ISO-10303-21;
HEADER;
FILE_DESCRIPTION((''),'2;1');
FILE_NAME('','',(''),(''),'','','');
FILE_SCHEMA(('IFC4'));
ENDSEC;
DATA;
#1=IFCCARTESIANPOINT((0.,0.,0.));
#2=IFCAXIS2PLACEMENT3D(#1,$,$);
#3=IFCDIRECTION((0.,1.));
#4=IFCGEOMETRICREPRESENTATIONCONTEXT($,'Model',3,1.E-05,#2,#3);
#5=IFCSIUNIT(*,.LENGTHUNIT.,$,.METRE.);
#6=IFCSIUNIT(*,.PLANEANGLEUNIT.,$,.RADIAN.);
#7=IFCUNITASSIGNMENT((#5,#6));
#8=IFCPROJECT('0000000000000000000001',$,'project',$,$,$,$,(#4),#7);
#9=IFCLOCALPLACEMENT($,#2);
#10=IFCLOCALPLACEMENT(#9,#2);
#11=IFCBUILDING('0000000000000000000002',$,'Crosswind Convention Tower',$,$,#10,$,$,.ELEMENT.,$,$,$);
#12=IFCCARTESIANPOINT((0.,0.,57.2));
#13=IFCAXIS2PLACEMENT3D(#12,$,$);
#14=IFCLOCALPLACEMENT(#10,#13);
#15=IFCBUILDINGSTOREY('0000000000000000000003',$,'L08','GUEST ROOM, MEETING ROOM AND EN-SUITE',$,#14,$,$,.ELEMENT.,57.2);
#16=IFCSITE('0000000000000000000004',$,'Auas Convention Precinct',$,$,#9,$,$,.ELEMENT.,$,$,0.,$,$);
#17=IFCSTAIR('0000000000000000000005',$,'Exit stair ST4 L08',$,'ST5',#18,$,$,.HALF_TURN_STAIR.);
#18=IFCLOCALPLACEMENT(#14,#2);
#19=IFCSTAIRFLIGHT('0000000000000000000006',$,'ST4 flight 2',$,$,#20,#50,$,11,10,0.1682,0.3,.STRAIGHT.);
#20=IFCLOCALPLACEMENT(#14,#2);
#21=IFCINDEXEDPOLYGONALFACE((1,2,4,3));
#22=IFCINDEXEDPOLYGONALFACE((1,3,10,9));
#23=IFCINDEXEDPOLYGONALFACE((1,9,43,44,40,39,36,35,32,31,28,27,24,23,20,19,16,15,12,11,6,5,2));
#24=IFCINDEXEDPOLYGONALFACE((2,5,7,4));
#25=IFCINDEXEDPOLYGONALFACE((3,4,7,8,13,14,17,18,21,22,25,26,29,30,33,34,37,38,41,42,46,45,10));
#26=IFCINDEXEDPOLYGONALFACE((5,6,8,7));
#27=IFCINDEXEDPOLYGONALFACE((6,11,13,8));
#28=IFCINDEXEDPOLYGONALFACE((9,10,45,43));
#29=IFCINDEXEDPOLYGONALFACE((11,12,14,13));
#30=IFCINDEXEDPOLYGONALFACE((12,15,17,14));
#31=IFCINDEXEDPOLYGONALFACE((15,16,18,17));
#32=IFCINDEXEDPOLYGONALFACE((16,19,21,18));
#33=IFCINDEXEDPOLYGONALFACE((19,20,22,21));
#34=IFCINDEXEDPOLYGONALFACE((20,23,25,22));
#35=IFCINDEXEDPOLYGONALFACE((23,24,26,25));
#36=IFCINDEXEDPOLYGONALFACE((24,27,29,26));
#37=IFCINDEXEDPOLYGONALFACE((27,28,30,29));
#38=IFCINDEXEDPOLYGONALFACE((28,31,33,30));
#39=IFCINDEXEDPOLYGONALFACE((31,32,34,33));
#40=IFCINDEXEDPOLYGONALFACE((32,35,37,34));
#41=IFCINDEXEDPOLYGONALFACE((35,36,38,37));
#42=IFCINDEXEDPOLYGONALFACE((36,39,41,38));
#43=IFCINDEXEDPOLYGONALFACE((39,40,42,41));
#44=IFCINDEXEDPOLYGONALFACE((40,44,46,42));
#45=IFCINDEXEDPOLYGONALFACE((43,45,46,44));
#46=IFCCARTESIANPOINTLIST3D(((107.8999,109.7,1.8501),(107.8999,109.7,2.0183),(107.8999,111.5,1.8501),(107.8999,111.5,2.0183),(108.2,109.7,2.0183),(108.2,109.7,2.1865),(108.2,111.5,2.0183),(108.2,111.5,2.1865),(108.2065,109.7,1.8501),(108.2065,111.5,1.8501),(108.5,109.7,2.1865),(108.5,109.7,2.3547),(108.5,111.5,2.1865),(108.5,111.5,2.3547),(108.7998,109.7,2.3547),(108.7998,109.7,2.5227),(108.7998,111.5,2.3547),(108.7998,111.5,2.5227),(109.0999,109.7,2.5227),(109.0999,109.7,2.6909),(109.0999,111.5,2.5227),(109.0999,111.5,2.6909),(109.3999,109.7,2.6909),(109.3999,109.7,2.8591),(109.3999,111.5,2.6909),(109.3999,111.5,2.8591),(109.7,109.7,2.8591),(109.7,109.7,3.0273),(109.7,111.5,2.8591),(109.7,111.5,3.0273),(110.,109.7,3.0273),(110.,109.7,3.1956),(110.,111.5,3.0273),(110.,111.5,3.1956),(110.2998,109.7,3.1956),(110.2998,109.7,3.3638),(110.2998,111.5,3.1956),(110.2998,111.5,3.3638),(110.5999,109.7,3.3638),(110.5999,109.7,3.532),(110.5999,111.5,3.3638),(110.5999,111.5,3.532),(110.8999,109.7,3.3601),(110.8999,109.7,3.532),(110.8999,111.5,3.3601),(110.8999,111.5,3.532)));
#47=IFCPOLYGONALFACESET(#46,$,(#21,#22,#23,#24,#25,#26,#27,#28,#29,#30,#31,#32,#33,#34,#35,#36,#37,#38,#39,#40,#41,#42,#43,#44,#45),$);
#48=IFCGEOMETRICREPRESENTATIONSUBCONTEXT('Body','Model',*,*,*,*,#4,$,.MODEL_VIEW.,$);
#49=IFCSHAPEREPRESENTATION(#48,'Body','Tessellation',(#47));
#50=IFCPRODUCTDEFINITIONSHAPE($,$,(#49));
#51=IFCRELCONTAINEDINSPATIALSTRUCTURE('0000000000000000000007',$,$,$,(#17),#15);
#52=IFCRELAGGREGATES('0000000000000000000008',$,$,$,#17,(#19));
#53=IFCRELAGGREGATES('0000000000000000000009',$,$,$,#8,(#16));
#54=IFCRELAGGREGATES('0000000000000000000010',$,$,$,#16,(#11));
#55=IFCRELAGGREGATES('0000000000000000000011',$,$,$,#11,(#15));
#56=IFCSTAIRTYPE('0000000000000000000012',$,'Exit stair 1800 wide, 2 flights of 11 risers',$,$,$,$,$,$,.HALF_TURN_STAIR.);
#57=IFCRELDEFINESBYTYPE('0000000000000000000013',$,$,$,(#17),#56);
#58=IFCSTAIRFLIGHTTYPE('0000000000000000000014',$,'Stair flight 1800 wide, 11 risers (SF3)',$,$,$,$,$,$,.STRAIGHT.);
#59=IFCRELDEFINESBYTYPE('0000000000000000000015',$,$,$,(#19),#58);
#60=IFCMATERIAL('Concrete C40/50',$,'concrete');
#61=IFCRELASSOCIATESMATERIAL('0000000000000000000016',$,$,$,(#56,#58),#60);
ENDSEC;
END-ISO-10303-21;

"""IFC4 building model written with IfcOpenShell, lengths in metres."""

from ifc_helpers import new_model, si_unit, direction, frame, origin, place, context, subcontext, project, spatial, polyline, outline, extrude, material, type_object, element, aggregate, save


model = new_model("IFC4")

# Units and contexts
model_context = context("Model", 3, precision=1e-05, world=origin(), true_north=direction((0.0, 1.0)))
body_context = subcontext(model_context, "Body", "Model", "MODEL_VIEW")
ifc_project = project(units=[si_unit("LENGTHUNIT", "METRE"), si_unit("PLANEANGLEUNIT", "RADIAN")], contexts=[model_context])

# Site, building, storey
site_placement = place(None, origin())
site = spatial("IfcSite", under=ifc_project, at=site_placement, Name="Auas Convention Precinct", CompositionType="ELEMENT", RefElevation=0.0)
building_placement = place(site_placement, origin())
building = spatial("IfcBuilding", under=site, at=building_placement, Name="Crosswind Convention Tower", CompositionType="ELEMENT")
storey_placement = place(building_placement, frame((0.0, 0.0, 57.2)))
storey = spatial("IfcBuildingStorey", under=building, at=storey_placement, Name="L08", Description="GUEST ROOM, MEETING ROOM AND EN-SUITE", CompositionType="ELEMENT", Elevation=57.2)

# Stair, stair flight
ifc_material_1 = material(Name="Concrete C40/50", Category="concrete")
stair_type = type_object("IfcStairType", Name="Exit stair 1800 wide, 2 flights of 11 risers", PredefinedType="HALF_TURN_STAIR", material=ifc_material_1)
stair_placement = place(storey_placement, origin())
stair = element("IfcStair", 1, at=stair_placement, inside=storey, type_object=stair_type, Name="Exit stair ST4 L08", ObjectType="ST5", PredefinedType="HALF_TURN_STAIR")
stair_flight_type = type_object("IfcStairFlightType", Name="Stair flight 1800 wide, 11 risers (SF3)", PredefinedType="STRAIGHT", material=ifc_material_1)
stair_flight_1_placement = place(storey_placement, frame((107.8999, 110.6001, 1.8501), z_axis=(0.0, 0.0, 1.0), x_axis=(1.0, 0.0, 0.0)))
stair_flight_1 = element("IfcStairFlight", 2, at=stair_flight_1_placement, type_object=stair_flight_type, Name="ST4 flight 2", NumberOfRisers=11, NumberOfTreads=10, PredefinedType="STRAIGHT", RiserHeight=0.1682, TreadLength=0.3, context=body_context, shape_type="SweptSolid", body=[
    extrude(outline(polyline([(0.0, 0.0), (0.0, 0.1682), (0.3, 0.1682), (0.3, 0.3364), (0.6001, 0.3364), (0.6001, 0.5046), (0.8999, 0.5046), (0.8999, 0.6726), (1.2, 0.6726), (1.2, 0.8408), (1.5, 0.8408), (1.5, 1.009), (1.8, 1.009), (1.8, 1.1772), (2.1001, 1.1772), (2.1001, 1.3455), (2.3999, 1.3455), (2.3999, 1.5137), (2.7, 1.5137), (2.7, 1.6819), (3.0, 1.6819), (3.0, 1.8501), (3.0, 1.51), (0.3066, 0.0), (0.0, 0.0)])), frame((0.0, 0.8999, 0.0), z_axis=(0.0, -1.0, 0.0), x_axis=(1.0, 0.0, 0.0)), (0.0, 0.0, 1.0), 1.8),
])
aggregate(stair, [stair_flight_1])

save(model, "model.ifc")
